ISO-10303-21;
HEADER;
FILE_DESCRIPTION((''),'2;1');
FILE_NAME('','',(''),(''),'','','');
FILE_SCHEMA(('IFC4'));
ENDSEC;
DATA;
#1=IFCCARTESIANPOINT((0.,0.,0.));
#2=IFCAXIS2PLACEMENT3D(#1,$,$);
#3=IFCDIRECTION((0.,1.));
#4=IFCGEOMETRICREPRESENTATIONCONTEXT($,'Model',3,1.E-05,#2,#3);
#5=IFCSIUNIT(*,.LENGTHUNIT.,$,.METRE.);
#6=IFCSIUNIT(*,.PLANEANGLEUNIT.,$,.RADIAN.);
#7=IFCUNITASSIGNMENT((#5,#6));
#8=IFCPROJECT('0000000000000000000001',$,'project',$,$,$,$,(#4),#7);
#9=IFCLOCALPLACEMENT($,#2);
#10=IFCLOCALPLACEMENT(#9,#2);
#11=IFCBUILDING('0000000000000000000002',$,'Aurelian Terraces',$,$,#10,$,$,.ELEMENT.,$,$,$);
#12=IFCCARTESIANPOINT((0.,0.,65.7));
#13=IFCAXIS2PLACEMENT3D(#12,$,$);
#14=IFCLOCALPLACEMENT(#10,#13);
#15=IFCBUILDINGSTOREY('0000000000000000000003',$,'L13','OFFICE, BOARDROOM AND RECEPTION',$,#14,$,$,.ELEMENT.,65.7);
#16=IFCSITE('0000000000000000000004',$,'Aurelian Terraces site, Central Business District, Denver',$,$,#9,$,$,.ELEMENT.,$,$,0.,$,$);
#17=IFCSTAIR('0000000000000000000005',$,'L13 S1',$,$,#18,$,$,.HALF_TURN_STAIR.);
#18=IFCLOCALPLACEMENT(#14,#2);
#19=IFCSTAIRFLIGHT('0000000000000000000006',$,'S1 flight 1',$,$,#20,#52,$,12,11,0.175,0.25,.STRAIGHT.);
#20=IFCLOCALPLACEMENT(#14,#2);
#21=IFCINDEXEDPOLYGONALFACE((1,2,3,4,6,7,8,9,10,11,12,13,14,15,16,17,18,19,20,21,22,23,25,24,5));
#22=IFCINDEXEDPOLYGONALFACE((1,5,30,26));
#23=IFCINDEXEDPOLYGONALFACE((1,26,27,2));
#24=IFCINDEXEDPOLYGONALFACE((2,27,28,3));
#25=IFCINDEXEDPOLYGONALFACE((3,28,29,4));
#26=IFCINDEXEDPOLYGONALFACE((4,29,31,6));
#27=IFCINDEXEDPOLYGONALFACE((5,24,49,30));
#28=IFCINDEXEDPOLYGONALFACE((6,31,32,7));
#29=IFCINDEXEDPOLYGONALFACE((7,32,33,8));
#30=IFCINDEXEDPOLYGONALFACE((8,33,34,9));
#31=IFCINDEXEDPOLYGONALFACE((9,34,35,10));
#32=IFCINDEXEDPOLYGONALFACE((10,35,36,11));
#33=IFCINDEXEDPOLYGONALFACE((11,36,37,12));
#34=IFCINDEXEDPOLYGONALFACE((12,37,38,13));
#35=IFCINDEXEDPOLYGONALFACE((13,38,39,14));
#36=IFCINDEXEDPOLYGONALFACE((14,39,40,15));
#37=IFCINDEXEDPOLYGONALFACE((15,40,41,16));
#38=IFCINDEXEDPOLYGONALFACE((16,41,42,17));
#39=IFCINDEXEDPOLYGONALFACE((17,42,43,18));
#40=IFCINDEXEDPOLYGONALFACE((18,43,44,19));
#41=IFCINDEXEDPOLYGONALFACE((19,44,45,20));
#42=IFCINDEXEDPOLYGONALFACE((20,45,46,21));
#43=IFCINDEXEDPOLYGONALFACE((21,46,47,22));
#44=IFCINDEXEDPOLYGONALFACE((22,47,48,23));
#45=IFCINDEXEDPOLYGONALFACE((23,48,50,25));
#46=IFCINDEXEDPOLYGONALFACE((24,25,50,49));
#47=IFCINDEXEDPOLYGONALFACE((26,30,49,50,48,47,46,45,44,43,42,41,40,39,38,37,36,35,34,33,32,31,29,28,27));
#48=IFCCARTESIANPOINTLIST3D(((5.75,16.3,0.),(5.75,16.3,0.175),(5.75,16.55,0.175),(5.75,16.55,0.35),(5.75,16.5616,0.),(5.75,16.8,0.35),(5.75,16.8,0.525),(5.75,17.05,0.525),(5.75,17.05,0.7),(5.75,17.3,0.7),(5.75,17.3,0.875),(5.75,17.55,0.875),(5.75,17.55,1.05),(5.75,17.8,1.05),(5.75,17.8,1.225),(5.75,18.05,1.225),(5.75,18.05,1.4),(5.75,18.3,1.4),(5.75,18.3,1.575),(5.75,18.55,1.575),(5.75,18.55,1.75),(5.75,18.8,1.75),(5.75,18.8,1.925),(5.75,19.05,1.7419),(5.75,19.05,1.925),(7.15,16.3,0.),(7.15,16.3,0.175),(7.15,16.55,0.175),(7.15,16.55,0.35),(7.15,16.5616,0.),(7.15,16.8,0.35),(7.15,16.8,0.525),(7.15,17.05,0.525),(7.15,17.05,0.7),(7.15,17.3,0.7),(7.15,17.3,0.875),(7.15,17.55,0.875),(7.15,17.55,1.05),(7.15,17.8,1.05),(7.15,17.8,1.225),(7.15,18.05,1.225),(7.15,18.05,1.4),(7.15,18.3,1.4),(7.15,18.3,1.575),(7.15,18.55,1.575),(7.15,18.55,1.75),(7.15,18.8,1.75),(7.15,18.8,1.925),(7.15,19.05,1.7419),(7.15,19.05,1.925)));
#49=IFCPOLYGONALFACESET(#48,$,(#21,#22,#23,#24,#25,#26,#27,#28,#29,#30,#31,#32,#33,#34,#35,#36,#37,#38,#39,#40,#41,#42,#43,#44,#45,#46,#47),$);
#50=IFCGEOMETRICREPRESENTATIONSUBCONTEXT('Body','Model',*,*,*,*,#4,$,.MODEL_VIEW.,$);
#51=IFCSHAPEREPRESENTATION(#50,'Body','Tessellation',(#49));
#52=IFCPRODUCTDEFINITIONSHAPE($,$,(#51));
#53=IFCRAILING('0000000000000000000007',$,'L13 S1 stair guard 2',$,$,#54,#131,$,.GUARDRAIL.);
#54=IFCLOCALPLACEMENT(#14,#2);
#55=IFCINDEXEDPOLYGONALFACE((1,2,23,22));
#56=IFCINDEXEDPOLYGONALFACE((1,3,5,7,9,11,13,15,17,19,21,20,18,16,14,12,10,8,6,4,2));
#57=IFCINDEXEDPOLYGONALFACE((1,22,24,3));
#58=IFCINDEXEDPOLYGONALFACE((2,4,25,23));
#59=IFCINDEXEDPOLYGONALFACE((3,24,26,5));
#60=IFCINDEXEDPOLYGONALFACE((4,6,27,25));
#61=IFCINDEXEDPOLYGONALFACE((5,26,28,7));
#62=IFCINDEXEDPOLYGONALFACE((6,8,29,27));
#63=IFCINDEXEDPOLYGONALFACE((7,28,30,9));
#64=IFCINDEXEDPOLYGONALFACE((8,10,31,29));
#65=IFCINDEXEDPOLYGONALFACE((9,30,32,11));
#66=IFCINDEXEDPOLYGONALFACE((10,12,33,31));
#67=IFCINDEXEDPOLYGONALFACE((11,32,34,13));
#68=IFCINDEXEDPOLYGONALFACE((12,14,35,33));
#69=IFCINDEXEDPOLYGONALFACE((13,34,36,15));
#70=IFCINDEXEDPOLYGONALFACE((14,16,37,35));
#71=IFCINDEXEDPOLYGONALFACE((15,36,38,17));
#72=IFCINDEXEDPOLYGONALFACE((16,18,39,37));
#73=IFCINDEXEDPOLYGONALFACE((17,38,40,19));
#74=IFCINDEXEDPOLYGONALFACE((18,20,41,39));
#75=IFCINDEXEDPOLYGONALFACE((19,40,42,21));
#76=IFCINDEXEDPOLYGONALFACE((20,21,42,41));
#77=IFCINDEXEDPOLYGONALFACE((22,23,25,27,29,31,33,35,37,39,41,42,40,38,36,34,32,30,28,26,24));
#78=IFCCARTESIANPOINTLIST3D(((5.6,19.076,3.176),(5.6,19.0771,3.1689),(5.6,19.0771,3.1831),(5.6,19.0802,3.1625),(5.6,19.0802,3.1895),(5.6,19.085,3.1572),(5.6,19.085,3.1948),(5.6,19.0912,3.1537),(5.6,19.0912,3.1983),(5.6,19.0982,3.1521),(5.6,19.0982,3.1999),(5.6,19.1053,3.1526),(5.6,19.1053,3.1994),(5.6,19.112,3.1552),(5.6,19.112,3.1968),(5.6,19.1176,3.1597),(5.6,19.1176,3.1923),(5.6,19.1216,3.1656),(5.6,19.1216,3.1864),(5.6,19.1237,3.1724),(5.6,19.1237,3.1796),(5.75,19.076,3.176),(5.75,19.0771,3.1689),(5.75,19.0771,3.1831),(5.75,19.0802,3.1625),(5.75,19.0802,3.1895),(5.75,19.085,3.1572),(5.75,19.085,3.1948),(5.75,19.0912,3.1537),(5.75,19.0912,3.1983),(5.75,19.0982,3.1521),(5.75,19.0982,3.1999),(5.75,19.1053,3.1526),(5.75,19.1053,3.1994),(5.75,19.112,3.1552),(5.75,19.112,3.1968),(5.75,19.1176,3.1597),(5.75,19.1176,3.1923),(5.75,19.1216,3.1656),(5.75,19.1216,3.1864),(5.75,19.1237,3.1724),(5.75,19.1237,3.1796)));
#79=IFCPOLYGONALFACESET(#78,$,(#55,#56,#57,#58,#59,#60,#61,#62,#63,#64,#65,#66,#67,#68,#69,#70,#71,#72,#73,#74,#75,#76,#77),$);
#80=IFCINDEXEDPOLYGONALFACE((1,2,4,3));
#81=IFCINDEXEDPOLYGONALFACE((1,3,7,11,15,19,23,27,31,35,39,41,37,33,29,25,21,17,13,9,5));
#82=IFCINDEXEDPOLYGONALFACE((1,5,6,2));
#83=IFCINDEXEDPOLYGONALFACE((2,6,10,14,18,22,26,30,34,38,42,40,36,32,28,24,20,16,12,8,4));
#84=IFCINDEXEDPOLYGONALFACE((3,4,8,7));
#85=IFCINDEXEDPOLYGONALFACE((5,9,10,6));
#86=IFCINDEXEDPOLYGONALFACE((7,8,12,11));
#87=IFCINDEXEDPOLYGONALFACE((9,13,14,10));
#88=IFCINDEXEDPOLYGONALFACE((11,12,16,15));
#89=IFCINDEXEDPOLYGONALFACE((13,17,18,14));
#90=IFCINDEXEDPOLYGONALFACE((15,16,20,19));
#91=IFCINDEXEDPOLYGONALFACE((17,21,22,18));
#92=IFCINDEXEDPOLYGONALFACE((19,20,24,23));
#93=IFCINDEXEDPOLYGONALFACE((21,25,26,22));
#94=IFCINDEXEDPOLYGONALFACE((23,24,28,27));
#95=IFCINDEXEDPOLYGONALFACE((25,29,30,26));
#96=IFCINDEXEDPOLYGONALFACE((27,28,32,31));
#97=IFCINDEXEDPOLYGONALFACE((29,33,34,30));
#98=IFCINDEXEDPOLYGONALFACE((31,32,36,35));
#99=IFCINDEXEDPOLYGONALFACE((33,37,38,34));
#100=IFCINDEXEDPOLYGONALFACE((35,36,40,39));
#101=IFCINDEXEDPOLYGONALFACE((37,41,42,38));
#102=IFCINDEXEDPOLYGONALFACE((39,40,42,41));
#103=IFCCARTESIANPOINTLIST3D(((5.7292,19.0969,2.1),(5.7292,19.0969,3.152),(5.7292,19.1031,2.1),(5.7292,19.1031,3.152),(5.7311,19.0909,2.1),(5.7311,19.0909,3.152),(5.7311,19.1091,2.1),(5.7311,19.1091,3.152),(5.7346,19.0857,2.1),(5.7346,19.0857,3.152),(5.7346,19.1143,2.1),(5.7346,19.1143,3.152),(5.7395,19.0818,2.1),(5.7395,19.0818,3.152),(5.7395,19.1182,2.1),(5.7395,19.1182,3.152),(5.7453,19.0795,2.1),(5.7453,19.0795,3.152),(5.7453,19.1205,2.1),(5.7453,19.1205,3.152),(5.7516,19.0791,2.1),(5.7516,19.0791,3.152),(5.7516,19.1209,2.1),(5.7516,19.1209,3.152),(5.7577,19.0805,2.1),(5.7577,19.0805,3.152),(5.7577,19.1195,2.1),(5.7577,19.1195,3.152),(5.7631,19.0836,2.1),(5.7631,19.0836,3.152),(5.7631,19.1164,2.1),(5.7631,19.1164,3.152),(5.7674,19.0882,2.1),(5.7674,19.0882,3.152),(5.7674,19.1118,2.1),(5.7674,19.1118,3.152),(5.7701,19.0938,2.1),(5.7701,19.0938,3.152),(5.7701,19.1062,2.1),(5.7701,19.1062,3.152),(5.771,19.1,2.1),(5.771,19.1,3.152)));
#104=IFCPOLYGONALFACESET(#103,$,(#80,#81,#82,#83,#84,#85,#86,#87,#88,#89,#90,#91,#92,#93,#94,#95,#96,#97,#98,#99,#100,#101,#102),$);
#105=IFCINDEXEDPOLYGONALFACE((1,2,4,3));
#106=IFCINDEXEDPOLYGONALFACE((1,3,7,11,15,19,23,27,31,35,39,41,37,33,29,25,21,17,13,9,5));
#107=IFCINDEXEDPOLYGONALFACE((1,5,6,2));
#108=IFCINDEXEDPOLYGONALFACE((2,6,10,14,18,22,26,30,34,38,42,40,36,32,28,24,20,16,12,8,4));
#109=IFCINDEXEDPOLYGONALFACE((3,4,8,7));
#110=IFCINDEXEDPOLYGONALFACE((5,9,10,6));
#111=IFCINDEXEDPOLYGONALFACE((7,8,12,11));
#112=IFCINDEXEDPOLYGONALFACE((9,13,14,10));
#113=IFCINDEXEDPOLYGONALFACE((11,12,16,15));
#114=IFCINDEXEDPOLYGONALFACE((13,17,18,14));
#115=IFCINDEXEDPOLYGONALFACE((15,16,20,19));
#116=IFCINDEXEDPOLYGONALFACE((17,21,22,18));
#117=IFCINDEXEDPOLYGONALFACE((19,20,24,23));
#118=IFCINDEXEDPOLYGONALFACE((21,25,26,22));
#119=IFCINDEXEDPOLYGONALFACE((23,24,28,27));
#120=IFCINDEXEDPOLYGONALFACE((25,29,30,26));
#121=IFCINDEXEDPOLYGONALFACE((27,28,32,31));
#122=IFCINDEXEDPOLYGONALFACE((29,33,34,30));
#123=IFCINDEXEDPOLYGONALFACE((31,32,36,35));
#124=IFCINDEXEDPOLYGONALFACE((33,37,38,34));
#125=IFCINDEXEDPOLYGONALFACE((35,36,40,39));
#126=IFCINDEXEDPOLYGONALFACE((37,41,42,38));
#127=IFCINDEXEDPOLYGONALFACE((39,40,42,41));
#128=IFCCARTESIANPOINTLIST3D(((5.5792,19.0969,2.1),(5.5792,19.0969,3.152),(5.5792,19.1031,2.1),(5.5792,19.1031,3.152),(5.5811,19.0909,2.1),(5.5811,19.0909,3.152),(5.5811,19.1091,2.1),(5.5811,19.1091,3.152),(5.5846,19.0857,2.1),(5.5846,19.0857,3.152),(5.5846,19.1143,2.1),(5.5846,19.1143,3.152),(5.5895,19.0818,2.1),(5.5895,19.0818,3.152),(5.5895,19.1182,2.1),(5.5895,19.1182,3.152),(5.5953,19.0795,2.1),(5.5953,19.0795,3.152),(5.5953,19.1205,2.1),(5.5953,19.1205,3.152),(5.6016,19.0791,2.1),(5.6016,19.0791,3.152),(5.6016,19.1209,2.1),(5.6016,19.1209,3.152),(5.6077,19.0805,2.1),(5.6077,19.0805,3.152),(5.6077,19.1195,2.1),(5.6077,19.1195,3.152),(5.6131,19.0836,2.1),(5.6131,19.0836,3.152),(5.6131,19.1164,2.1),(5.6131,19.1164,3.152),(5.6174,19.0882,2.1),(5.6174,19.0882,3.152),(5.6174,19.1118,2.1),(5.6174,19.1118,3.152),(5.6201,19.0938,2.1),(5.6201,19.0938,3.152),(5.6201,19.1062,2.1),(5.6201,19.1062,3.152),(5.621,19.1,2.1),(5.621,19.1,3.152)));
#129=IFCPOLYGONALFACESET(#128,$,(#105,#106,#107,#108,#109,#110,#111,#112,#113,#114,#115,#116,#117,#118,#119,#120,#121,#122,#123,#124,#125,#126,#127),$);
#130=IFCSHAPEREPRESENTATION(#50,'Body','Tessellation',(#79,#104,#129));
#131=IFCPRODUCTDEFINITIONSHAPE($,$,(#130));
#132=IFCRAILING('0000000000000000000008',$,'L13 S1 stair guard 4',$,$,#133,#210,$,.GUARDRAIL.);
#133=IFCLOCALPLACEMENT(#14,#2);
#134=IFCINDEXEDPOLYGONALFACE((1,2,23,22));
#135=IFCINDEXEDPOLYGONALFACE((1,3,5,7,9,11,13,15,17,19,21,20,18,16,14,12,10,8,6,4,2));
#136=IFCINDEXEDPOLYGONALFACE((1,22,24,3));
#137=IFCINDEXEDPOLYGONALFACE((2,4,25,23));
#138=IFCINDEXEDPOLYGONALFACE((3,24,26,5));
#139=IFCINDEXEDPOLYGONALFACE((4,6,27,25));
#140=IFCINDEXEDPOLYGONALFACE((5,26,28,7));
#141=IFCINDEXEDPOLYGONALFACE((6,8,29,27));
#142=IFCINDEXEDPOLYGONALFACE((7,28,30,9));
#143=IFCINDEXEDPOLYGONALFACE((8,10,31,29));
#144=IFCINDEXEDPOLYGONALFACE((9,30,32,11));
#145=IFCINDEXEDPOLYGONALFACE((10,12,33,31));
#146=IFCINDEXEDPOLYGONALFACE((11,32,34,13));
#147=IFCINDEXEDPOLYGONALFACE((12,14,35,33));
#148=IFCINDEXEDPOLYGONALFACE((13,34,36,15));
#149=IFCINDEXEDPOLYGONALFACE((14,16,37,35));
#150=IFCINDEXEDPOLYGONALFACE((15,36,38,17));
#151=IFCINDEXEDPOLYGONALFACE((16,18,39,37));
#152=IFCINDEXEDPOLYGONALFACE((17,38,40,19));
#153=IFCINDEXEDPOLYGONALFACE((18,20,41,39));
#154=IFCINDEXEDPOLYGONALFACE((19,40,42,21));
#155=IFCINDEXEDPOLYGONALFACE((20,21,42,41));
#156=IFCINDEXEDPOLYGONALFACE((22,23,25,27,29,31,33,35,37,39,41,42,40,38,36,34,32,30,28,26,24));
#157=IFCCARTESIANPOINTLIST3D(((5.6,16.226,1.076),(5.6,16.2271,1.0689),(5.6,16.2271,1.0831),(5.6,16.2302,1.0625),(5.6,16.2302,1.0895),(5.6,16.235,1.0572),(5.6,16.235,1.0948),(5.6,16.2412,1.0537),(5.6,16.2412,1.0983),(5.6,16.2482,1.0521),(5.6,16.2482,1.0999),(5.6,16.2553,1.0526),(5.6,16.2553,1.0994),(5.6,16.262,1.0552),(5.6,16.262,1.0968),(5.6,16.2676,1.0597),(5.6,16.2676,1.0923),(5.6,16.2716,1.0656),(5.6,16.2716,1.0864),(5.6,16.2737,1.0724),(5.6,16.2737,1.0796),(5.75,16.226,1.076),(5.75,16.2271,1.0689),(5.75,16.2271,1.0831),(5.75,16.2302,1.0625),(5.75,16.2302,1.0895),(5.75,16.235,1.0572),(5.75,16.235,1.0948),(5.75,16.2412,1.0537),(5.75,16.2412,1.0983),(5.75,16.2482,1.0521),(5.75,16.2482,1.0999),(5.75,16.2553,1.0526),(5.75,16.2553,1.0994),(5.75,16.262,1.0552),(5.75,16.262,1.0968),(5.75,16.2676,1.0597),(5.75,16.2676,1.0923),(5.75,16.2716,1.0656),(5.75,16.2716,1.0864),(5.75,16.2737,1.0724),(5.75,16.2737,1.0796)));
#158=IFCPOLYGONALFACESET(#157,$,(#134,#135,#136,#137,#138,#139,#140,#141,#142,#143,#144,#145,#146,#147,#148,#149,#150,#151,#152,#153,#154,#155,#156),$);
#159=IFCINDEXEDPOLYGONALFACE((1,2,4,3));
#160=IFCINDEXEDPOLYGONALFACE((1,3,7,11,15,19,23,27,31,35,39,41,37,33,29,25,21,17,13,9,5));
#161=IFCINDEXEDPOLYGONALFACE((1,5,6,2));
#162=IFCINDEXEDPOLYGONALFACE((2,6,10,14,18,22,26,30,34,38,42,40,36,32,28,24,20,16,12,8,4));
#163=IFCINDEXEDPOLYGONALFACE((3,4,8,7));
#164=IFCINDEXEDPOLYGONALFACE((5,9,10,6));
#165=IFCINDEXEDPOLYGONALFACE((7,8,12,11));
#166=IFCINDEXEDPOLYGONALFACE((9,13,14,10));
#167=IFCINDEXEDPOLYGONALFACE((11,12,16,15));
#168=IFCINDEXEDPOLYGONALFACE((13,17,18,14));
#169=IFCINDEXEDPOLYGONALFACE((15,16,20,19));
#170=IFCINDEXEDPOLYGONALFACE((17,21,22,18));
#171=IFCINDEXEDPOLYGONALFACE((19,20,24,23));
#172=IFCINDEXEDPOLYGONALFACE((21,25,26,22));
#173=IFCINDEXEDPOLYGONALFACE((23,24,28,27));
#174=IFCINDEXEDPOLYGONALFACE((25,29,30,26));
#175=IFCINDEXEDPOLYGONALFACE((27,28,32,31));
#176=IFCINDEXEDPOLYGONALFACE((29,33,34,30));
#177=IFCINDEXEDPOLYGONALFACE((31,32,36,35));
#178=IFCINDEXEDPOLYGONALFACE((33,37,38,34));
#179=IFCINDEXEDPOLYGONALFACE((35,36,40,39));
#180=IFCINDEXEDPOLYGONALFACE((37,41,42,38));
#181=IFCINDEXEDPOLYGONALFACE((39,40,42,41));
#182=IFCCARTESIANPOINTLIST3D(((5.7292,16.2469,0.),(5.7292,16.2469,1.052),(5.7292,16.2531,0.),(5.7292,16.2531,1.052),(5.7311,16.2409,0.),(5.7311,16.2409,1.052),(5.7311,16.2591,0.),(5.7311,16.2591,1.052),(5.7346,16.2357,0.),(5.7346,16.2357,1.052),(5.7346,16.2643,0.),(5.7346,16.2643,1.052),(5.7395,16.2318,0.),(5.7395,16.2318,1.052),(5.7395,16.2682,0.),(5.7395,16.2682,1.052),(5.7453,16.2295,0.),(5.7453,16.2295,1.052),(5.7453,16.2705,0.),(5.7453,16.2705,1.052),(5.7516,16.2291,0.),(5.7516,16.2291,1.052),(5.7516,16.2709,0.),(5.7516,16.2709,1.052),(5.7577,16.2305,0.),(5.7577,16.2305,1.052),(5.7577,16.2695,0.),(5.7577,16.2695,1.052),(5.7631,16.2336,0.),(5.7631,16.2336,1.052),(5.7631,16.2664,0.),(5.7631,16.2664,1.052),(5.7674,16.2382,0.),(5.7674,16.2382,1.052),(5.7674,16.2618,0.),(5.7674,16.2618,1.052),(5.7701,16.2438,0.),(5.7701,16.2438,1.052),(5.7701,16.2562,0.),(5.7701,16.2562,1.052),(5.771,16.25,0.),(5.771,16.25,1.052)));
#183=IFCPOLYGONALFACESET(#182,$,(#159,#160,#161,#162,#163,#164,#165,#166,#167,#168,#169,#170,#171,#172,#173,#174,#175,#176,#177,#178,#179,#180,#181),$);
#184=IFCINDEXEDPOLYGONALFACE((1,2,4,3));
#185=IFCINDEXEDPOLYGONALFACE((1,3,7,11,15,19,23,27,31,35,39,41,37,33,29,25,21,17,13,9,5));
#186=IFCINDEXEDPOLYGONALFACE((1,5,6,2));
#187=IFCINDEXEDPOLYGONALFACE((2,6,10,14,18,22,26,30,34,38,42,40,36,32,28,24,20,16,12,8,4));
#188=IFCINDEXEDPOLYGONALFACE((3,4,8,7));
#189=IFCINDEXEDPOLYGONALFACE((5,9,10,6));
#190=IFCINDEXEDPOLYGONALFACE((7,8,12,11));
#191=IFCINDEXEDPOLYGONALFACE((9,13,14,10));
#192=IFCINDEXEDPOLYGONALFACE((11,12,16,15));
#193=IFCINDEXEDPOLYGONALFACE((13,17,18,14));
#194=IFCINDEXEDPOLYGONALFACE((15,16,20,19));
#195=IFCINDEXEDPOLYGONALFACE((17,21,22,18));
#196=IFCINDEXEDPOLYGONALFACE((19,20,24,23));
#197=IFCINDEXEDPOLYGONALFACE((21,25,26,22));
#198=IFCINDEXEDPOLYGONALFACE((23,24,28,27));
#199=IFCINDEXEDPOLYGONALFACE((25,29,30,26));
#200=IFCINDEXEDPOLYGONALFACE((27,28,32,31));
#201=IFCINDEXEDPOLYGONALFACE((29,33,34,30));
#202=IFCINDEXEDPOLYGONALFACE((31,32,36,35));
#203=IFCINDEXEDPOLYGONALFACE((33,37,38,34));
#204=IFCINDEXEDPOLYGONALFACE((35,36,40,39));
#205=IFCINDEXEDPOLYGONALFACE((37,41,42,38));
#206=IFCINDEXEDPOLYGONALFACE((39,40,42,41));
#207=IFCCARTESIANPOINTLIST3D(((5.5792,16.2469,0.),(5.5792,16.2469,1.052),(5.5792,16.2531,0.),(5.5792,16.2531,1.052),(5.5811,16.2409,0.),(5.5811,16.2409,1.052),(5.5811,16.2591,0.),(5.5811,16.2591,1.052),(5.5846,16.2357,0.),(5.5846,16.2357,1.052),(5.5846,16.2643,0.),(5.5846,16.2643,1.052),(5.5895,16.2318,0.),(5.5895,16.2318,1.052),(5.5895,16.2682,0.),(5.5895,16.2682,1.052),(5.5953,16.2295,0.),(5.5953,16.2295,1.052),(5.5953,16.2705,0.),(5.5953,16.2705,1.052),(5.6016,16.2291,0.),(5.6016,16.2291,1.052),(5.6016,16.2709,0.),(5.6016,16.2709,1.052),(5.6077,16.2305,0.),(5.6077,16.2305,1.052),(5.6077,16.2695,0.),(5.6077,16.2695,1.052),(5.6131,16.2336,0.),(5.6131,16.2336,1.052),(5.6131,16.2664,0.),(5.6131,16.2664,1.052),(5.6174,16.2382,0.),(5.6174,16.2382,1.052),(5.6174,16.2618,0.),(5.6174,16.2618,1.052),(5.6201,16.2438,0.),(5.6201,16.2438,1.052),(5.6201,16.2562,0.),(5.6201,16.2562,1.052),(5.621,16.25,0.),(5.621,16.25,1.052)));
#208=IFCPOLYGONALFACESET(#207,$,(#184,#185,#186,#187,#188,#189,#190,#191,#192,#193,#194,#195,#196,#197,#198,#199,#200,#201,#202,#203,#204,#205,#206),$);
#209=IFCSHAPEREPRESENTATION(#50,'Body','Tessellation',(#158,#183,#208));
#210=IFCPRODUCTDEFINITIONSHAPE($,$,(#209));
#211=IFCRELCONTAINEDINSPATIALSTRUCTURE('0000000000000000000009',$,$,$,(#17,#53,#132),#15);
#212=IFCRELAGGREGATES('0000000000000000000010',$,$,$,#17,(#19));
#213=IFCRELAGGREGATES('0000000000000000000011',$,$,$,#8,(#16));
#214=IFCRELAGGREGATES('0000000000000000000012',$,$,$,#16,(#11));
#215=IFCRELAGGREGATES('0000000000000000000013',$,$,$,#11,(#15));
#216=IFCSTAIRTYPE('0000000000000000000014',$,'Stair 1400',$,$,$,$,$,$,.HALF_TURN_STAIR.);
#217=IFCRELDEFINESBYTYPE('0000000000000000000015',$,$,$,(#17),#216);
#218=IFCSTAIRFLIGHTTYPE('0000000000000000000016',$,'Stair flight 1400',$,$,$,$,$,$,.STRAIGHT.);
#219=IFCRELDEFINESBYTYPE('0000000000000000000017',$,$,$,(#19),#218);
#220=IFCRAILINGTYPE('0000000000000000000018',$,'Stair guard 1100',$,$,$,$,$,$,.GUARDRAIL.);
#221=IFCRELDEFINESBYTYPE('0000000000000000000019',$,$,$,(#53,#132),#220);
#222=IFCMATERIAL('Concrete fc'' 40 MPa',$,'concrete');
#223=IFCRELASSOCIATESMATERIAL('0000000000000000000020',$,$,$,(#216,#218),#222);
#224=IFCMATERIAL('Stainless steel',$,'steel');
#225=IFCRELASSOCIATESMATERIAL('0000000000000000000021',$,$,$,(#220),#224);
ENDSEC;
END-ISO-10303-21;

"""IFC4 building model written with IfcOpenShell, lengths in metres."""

from ifc_helpers import new_model, si_unit, direction, frame, origin, origin_2d, place, context, subcontext, project, spatial, polyline, circle, outline, extrude, source, transform, mapped, material, type_object, element, aggregate, save


model = new_model("IFC4")

# Units and contexts
model_context = context("Model", 3, precision=1e-05, world=origin(), true_north=direction((0.0, 1.0)))
body_context = subcontext(model_context, "Body", "Model", "MODEL_VIEW")
ifc_project = project(units=[si_unit("LENGTHUNIT", "METRE"), si_unit("PLANEANGLEUNIT", "RADIAN")], contexts=[model_context])

# Site, building, storey
site_placement = place(None, origin())
site = spatial("IfcSite", under=ifc_project, at=site_placement, Name="Aurelian Terraces site, Central Business District, Denver", CompositionType="ELEMENT", RefElevation=0.0)
building_placement = place(site_placement, origin())
building = spatial("IfcBuilding", under=site, at=building_placement, Name="Aurelian Terraces", CompositionType="ELEMENT")
storey_placement = place(building_placement, frame((0.0, 0.0, 65.7)))
storey = spatial("IfcBuildingStorey", under=building, at=storey_placement, Name="L13", Description="OFFICE, BOARDROOM AND RECEPTION", CompositionType="ELEMENT", Elevation=65.7)

# Shared definitions
ifc_material_1 = material(Name="Concrete fc' 40 MPa", Category="concrete")

# Stair, stair flight
stair_type = type_object("IfcStairType", Name="Stair 1400", PredefinedType="HALF_TURN_STAIR", material=ifc_material_1)
stair_placement = place(storey_placement, origin())
stair = element("IfcStair", 1, at=stair_placement, inside=storey, type_object=stair_type, Name="L13 S1", PredefinedType="HALF_TURN_STAIR")
stair_flight_type = type_object("IfcStairFlightType", Name="Stair flight 1400", PredefinedType="STRAIGHT", material=ifc_material_1)
shared_shape_1 = source(origin(), body_context, "Body", "SweptSolid", [
    extrude(outline(polyline([(0.0, 0.0), (0.0, 0.175), (0.25, 0.175), (0.25, 0.35), (0.5, 0.35), (0.5, 0.525), (0.75, 0.525), (0.75, 0.7), (1.0, 0.7), (1.0, 0.875), (1.25, 0.875), (1.25, 1.05), (1.5, 1.05), (1.5, 1.225), (1.75, 1.225), (1.75, 1.4), (2.0, 1.4), (2.0, 1.575), (2.25, 1.575), (2.25, 1.75), (2.5, 1.75), (2.5, 1.925), (2.75, 1.925), (2.75, 2.1), (2.75, 1.7419), (0.2616, 0.0), (0.0, 0.0)])), frame((0.0, 0.7, 0.0), z_axis=(0.0, -1.0, 0.0), x_axis=(1.0, 0.0, 0.0)), (0.0, 0.0, 1.0), 1.4),
])
stair_flight_placement = place(storey_placement, frame((6.45, 16.3, 0.0), z_axis=(0.0, 0.0, 1.0), x_axis=(0.0, 1.0, 0.0)))
stair_flight = element("IfcStairFlight", 2, at=stair_flight_placement, type_object=stair_flight_type, Name="S1 flight 1", NumberOfRisers=12, NumberOfTreads=11, PredefinedType="STRAIGHT", RiserHeight=0.175, TreadLength=0.25, context=body_context, shape_type="MappedRepresentation", body=[
    mapped(shared_shape_1, transform((0.0, 0.0, 0.0), scale=1.0)),
])
aggregate(stair, [stair_flight])

# Railings
ifc_material_2 = material(Name="Stainless steel", Category="steel")
railing_type_1 = type_object("IfcRailingType", Name="Stair guard 1100", PredefinedType="GUARDRAIL", material=ifc_material_2)
shared_shape_2 = source(origin(), body_context, "Body", "SweptSolid", [
    extrude(circle(Radius=0.024, at=origin_2d()), frame((0.0, 0.0, 1.076), z_axis=(-1.0, 0.0, 0.0), x_axis=(0.0, -1.0, 0.0)), (0.0, 0.0, 1.0), 0.15),
    extrude(circle(Radius=0.021, at=origin_2d()), origin(), (0.0, 0.0, 1.0), 1.052),
    extrude(circle(Radius=0.021, at=origin_2d()), frame((-0.15, 0.0, 0.0)), (0.0, 0.0, 1.0), 1.052),
])
for number, where, name in (
    (3, (5.75, 19.1, 2.1), "L13 S1 stair guard 2"),
    (4, (5.75, 16.25, 0.0), "L13 S1 stair guard 4"),
):
    element("IfcRailing", number, at=place(storey_placement, frame(where)), inside=storey, type_object=railing_type_1, Name=name, PredefinedType="GUARDRAIL", context=body_context, shape_type="MappedRepresentation", body=[
        mapped(shared_shape_2, transform((0.0, 0.0, 0.0), scale=1.0)),
    ])

save(model, "model.ifc")
